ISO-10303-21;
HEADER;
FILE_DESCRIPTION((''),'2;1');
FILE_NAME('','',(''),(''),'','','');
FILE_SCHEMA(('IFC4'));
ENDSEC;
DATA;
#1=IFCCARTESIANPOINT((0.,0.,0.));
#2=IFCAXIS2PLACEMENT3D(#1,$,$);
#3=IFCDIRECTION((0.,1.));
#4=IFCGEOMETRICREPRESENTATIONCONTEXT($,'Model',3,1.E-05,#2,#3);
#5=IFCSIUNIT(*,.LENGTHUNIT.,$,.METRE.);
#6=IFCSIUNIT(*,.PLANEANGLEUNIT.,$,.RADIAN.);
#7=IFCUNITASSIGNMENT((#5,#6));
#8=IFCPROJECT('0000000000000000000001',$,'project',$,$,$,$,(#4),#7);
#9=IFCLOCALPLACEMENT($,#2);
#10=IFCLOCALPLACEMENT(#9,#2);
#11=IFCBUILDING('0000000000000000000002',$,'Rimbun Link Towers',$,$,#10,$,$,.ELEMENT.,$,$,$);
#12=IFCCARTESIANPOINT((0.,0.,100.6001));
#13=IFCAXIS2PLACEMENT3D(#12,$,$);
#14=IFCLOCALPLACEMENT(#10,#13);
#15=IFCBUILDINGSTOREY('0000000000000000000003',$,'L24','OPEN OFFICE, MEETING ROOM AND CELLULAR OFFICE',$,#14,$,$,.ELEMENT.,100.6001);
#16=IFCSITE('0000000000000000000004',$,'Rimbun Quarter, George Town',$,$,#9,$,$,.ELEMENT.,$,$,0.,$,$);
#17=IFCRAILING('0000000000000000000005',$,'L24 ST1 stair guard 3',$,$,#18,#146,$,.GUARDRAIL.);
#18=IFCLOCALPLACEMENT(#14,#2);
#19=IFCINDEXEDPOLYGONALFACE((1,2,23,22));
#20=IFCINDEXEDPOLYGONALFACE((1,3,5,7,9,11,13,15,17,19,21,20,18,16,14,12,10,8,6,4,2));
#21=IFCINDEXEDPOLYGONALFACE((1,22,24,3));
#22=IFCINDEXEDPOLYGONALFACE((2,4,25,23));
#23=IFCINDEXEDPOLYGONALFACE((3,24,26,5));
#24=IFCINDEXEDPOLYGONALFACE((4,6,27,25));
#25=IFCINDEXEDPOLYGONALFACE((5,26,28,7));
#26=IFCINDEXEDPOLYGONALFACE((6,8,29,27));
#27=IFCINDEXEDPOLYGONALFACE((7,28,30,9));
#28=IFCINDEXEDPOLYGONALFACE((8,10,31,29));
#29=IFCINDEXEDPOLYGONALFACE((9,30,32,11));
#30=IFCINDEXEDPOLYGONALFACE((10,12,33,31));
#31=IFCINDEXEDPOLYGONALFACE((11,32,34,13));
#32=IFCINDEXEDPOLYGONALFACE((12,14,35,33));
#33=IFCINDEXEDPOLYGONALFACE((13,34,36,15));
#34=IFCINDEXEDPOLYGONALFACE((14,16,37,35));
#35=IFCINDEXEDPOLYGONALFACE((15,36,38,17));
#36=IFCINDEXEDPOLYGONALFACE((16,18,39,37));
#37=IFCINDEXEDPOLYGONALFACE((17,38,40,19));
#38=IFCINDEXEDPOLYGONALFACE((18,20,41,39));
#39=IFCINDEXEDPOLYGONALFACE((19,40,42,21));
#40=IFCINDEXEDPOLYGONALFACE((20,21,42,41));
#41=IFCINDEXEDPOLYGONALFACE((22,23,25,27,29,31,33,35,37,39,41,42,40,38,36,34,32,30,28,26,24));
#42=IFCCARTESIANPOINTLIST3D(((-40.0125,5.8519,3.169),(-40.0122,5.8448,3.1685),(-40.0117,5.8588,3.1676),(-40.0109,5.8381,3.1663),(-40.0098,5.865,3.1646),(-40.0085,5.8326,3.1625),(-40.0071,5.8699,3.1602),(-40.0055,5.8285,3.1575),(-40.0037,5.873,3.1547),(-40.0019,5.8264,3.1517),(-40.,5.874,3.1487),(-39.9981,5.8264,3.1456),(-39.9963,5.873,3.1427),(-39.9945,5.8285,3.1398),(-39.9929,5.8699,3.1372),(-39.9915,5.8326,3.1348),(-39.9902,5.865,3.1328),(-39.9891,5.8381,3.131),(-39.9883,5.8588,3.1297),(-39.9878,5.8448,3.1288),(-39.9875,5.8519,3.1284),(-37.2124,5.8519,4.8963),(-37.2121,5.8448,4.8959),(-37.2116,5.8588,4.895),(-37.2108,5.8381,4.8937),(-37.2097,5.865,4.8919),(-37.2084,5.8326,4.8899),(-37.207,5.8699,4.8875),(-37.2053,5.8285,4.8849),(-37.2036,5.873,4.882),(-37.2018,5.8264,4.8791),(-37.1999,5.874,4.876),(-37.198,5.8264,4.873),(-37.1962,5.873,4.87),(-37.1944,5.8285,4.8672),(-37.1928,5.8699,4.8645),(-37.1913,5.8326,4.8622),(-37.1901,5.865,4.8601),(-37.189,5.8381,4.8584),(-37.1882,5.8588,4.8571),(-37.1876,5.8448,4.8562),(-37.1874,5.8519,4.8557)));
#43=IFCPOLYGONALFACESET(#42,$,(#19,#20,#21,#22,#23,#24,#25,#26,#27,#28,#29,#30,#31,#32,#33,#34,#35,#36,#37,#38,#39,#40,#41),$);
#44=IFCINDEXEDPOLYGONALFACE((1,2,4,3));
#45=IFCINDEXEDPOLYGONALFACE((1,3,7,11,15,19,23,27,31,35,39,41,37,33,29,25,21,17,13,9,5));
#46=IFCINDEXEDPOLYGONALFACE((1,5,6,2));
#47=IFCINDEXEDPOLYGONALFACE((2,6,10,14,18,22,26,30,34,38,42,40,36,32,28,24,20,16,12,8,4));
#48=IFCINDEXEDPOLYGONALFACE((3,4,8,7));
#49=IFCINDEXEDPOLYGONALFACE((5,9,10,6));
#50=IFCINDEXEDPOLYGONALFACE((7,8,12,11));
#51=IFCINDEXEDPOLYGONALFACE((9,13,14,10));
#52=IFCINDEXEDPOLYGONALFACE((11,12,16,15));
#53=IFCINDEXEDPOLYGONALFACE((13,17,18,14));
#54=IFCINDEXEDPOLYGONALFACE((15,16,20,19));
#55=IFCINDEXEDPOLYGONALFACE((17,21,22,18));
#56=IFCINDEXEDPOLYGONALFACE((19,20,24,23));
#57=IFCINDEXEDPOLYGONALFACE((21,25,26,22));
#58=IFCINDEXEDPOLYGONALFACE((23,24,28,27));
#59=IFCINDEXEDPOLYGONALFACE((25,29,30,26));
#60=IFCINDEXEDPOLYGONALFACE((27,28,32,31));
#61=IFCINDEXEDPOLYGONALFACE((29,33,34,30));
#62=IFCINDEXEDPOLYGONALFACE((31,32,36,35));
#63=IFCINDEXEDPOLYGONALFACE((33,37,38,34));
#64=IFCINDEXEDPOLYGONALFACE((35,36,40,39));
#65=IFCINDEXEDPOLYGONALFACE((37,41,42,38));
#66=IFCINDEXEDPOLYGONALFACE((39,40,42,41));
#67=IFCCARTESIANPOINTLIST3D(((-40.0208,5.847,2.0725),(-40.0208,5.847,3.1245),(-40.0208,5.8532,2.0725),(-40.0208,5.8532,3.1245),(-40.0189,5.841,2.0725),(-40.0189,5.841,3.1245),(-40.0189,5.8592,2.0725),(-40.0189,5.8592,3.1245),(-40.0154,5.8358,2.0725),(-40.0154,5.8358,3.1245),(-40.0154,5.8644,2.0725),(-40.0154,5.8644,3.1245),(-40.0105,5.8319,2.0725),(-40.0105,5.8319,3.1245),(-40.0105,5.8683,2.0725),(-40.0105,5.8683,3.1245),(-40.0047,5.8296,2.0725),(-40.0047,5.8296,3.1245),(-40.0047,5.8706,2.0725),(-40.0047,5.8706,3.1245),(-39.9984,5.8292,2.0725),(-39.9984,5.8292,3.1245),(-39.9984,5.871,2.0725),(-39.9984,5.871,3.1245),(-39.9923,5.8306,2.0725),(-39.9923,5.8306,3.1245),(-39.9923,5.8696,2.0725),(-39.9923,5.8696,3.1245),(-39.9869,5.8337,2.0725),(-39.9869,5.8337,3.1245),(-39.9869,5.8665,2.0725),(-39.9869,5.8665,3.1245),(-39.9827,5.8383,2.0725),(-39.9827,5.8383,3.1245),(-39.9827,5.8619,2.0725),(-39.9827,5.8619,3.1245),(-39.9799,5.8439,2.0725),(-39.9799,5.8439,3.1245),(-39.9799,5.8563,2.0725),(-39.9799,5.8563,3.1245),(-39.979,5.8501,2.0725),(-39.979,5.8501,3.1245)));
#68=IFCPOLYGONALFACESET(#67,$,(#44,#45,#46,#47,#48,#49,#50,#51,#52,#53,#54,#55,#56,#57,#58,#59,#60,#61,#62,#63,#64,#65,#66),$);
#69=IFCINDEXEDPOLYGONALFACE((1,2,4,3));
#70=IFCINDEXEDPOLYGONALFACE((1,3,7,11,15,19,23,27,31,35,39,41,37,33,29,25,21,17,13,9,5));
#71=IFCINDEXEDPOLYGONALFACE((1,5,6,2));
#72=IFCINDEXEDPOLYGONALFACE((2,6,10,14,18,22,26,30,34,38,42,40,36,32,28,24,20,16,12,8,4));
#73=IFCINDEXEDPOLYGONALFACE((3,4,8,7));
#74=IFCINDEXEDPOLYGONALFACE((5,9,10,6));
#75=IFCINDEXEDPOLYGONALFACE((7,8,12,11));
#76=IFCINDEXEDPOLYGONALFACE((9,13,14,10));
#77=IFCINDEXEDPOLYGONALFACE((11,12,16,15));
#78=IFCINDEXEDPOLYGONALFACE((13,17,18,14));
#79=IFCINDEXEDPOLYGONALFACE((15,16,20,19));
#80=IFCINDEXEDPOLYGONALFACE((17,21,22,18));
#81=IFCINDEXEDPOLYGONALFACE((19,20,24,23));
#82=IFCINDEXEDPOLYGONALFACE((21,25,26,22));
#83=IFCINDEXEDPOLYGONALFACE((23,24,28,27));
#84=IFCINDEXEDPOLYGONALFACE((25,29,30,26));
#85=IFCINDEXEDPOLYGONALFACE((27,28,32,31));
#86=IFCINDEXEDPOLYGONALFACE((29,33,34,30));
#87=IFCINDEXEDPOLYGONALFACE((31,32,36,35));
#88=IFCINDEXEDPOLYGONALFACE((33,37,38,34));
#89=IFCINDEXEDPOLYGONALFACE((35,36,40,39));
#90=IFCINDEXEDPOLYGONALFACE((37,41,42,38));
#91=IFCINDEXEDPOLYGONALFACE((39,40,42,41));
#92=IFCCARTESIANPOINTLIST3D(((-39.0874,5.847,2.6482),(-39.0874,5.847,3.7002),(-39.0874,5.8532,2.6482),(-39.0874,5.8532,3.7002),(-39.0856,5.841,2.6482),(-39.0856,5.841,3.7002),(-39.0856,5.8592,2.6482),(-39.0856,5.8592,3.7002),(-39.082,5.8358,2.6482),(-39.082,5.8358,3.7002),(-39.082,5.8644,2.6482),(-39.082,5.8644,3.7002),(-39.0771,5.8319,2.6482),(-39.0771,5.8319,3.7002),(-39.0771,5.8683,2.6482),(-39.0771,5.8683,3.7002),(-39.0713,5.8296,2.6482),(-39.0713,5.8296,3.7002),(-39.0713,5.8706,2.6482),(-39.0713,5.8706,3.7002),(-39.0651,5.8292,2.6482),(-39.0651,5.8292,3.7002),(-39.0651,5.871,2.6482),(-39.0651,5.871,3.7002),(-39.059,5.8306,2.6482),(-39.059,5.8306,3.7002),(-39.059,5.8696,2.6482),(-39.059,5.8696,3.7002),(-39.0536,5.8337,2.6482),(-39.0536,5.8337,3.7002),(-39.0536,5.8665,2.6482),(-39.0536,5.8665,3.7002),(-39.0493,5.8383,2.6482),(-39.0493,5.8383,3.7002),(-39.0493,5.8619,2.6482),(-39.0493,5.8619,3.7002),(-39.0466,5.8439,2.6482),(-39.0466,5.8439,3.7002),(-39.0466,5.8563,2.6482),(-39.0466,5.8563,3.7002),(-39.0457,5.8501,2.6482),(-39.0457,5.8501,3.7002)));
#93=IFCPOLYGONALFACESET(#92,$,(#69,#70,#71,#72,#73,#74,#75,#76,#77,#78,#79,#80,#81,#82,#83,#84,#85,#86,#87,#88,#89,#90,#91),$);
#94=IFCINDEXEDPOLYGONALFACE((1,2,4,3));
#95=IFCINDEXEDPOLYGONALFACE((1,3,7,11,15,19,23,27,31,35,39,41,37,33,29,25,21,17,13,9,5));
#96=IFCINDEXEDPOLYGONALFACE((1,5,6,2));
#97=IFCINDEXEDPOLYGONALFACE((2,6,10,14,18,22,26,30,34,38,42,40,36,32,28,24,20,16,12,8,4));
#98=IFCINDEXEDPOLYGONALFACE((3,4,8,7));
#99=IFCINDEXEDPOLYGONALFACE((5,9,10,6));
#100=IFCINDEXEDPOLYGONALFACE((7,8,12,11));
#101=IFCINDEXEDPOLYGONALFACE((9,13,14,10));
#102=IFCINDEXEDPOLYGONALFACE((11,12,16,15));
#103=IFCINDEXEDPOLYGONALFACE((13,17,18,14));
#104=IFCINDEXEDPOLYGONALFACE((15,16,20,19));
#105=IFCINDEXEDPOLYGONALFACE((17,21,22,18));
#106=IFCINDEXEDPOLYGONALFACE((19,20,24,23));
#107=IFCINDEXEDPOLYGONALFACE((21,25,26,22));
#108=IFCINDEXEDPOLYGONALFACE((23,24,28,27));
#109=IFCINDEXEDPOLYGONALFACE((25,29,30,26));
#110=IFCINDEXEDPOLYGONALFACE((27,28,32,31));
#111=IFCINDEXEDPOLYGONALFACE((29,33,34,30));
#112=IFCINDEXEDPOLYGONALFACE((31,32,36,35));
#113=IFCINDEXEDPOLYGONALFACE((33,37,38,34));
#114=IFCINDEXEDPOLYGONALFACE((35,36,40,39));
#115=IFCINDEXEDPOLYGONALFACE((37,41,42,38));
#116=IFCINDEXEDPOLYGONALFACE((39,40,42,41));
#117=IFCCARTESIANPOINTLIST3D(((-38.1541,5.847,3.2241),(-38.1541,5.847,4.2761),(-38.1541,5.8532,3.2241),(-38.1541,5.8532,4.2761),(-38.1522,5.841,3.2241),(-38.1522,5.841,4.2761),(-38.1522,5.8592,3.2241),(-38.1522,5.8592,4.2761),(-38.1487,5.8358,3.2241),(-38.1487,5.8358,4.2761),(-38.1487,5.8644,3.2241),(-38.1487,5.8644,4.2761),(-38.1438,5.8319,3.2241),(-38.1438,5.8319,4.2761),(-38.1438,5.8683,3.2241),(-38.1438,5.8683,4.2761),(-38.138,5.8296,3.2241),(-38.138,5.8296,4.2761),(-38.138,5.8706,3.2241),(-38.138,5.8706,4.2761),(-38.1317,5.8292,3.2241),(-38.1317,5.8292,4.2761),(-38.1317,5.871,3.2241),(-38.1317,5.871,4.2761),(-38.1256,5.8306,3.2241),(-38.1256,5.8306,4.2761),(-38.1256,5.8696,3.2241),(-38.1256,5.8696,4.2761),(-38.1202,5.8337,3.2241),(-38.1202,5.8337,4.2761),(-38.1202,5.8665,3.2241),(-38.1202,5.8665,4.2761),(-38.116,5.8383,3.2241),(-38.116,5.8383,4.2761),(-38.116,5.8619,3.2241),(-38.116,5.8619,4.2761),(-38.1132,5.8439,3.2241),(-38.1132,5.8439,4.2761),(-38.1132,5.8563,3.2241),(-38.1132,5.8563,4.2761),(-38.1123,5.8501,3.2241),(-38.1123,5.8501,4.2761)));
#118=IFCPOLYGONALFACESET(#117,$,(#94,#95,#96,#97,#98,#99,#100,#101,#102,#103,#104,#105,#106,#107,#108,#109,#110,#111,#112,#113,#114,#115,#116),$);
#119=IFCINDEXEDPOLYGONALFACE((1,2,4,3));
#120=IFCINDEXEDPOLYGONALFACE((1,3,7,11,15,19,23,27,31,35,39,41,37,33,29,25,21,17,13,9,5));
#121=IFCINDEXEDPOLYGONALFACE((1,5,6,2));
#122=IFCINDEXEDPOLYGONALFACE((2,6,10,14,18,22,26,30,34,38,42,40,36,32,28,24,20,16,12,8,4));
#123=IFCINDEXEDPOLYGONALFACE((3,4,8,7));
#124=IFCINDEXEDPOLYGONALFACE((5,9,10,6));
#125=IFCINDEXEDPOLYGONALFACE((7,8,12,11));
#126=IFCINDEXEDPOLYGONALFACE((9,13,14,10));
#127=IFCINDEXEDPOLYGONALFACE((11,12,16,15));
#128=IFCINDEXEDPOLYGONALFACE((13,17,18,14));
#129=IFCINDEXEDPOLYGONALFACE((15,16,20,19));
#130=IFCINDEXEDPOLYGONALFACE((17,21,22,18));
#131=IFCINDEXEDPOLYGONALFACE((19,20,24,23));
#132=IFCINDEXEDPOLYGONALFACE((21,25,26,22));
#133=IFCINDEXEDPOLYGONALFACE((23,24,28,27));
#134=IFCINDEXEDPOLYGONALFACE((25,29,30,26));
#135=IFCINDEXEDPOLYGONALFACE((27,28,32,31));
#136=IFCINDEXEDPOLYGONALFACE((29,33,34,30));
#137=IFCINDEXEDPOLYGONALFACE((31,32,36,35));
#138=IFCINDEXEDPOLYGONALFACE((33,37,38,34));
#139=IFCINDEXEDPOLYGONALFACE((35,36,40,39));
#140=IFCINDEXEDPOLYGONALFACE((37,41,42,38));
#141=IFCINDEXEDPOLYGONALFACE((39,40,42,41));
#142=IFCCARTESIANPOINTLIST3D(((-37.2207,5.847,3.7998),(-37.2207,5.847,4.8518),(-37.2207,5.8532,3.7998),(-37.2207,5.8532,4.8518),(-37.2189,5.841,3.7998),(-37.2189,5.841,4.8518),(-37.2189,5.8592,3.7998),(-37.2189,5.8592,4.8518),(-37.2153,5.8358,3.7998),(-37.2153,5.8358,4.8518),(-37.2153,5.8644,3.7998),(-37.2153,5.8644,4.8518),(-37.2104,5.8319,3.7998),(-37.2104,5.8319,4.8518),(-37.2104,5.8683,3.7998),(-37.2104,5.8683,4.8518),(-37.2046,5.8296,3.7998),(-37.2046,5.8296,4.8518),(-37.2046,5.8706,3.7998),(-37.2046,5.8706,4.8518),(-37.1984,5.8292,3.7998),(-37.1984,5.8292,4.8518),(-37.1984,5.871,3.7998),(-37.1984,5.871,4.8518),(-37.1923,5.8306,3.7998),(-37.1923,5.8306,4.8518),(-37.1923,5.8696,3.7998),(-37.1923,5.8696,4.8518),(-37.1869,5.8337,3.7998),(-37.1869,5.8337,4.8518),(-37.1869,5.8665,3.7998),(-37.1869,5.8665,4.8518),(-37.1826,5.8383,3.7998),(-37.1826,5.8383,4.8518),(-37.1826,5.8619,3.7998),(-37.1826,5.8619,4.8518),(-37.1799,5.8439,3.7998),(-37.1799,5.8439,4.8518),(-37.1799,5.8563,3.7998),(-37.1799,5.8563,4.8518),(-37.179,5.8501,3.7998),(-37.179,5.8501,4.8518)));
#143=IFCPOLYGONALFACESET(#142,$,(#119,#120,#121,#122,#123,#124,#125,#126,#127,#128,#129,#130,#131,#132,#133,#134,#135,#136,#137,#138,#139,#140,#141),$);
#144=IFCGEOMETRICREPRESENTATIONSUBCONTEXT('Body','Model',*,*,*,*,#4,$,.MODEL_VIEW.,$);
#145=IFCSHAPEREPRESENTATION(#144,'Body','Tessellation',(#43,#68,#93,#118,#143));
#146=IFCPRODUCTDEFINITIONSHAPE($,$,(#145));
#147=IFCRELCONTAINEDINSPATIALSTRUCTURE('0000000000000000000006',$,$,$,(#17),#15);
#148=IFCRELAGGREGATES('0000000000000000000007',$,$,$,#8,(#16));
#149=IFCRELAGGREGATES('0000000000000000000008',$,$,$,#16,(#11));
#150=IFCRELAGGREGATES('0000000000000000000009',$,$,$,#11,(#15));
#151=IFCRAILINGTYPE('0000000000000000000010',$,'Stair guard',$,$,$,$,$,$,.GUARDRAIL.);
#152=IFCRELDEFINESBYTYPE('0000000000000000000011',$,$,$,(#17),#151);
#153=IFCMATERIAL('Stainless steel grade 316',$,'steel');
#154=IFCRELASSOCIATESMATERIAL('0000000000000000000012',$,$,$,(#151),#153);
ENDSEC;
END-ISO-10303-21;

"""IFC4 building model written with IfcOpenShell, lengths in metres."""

from ifc_helpers import new_model, si_unit, direction, frame, origin, origin_2d, place, context, subcontext, project, spatial, circle, extrude, material, type_object, element, save


model = new_model("IFC4")

# Units and contexts
model_context = context("Model", 3, precision=1e-05, world=origin(), true_north=direction((0.0, 1.0)))
body_context = subcontext(model_context, "Body", "Model", "MODEL_VIEW")
ifc_project = project(units=[si_unit("LENGTHUNIT", "METRE"), si_unit("PLANEANGLEUNIT", "RADIAN")], contexts=[model_context])

# Site, building, storey
site_placement = place(None, origin())
site = spatial("IfcSite", under=ifc_project, at=site_placement, Name="Rimbun Quarter, George Town", CompositionType="ELEMENT", RefElevation=0.0)
building_placement = place(site_placement, origin())
building = spatial("IfcBuilding", under=site, at=building_placement, Name="Rimbun Link Towers", CompositionType="ELEMENT")
storey_placement = place(building_placement, frame((0.0, 0.0, 100.6001)))
storey = spatial("IfcBuildingStorey", under=building, at=storey_placement, Name="L24", Description="OPEN OFFICE, MEETING ROOM AND CELLULAR OFFICE", CompositionType="ELEMENT", Elevation=100.6001)

# Railing
ifc_material_1 = material(Name="Stainless steel grade 316", Category="steel")
railing_type_1 = type_object("IfcRailingType", Name="Stair guard", PredefinedType="GUARDRAIL", material=ifc_material_1)
railing_1_placement = place(storey_placement, frame((-40.0, 5.8501, 2.0725)))
element("IfcRailing", 1, at=railing_1_placement, inside=storey, type_object=railing_type_1, Name="L24 ST1 stair guard 3", PredefinedType="GUARDRAIL", context=body_context, shape_type="SweptSolid", body=[
    extrude(circle(Radius=0.0239, at=origin_2d()), frame((0.0, 0.0, 1.0762), z_axis=(0.85109, 0.0, 0.52502), x_axis=(0.0, 1.0, 0.0)), (0.0, 0.0, 1.0), 3.29),
    extrude(circle(Radius=0.021, at=origin_2d()), origin(), (0.0, 0.0, 1.0), 1.052),
    extrude(circle(Radius=0.021, at=origin_2d()), frame((0.9333, 0.0, 0.5757)), (0.0, 0.0, 1.0), 1.052),
    extrude(circle(Radius=0.021, at=origin_2d()), frame((1.8667, 0.0, 1.1516)), (0.0, 0.0, 1.0), 1.052),
    extrude(circle(Radius=0.021, at=origin_2d()), frame((2.8, 0.0, 1.7273)), (0.0, 0.0, 1.0), 1.052),
])

save(model, "model.ifc")
